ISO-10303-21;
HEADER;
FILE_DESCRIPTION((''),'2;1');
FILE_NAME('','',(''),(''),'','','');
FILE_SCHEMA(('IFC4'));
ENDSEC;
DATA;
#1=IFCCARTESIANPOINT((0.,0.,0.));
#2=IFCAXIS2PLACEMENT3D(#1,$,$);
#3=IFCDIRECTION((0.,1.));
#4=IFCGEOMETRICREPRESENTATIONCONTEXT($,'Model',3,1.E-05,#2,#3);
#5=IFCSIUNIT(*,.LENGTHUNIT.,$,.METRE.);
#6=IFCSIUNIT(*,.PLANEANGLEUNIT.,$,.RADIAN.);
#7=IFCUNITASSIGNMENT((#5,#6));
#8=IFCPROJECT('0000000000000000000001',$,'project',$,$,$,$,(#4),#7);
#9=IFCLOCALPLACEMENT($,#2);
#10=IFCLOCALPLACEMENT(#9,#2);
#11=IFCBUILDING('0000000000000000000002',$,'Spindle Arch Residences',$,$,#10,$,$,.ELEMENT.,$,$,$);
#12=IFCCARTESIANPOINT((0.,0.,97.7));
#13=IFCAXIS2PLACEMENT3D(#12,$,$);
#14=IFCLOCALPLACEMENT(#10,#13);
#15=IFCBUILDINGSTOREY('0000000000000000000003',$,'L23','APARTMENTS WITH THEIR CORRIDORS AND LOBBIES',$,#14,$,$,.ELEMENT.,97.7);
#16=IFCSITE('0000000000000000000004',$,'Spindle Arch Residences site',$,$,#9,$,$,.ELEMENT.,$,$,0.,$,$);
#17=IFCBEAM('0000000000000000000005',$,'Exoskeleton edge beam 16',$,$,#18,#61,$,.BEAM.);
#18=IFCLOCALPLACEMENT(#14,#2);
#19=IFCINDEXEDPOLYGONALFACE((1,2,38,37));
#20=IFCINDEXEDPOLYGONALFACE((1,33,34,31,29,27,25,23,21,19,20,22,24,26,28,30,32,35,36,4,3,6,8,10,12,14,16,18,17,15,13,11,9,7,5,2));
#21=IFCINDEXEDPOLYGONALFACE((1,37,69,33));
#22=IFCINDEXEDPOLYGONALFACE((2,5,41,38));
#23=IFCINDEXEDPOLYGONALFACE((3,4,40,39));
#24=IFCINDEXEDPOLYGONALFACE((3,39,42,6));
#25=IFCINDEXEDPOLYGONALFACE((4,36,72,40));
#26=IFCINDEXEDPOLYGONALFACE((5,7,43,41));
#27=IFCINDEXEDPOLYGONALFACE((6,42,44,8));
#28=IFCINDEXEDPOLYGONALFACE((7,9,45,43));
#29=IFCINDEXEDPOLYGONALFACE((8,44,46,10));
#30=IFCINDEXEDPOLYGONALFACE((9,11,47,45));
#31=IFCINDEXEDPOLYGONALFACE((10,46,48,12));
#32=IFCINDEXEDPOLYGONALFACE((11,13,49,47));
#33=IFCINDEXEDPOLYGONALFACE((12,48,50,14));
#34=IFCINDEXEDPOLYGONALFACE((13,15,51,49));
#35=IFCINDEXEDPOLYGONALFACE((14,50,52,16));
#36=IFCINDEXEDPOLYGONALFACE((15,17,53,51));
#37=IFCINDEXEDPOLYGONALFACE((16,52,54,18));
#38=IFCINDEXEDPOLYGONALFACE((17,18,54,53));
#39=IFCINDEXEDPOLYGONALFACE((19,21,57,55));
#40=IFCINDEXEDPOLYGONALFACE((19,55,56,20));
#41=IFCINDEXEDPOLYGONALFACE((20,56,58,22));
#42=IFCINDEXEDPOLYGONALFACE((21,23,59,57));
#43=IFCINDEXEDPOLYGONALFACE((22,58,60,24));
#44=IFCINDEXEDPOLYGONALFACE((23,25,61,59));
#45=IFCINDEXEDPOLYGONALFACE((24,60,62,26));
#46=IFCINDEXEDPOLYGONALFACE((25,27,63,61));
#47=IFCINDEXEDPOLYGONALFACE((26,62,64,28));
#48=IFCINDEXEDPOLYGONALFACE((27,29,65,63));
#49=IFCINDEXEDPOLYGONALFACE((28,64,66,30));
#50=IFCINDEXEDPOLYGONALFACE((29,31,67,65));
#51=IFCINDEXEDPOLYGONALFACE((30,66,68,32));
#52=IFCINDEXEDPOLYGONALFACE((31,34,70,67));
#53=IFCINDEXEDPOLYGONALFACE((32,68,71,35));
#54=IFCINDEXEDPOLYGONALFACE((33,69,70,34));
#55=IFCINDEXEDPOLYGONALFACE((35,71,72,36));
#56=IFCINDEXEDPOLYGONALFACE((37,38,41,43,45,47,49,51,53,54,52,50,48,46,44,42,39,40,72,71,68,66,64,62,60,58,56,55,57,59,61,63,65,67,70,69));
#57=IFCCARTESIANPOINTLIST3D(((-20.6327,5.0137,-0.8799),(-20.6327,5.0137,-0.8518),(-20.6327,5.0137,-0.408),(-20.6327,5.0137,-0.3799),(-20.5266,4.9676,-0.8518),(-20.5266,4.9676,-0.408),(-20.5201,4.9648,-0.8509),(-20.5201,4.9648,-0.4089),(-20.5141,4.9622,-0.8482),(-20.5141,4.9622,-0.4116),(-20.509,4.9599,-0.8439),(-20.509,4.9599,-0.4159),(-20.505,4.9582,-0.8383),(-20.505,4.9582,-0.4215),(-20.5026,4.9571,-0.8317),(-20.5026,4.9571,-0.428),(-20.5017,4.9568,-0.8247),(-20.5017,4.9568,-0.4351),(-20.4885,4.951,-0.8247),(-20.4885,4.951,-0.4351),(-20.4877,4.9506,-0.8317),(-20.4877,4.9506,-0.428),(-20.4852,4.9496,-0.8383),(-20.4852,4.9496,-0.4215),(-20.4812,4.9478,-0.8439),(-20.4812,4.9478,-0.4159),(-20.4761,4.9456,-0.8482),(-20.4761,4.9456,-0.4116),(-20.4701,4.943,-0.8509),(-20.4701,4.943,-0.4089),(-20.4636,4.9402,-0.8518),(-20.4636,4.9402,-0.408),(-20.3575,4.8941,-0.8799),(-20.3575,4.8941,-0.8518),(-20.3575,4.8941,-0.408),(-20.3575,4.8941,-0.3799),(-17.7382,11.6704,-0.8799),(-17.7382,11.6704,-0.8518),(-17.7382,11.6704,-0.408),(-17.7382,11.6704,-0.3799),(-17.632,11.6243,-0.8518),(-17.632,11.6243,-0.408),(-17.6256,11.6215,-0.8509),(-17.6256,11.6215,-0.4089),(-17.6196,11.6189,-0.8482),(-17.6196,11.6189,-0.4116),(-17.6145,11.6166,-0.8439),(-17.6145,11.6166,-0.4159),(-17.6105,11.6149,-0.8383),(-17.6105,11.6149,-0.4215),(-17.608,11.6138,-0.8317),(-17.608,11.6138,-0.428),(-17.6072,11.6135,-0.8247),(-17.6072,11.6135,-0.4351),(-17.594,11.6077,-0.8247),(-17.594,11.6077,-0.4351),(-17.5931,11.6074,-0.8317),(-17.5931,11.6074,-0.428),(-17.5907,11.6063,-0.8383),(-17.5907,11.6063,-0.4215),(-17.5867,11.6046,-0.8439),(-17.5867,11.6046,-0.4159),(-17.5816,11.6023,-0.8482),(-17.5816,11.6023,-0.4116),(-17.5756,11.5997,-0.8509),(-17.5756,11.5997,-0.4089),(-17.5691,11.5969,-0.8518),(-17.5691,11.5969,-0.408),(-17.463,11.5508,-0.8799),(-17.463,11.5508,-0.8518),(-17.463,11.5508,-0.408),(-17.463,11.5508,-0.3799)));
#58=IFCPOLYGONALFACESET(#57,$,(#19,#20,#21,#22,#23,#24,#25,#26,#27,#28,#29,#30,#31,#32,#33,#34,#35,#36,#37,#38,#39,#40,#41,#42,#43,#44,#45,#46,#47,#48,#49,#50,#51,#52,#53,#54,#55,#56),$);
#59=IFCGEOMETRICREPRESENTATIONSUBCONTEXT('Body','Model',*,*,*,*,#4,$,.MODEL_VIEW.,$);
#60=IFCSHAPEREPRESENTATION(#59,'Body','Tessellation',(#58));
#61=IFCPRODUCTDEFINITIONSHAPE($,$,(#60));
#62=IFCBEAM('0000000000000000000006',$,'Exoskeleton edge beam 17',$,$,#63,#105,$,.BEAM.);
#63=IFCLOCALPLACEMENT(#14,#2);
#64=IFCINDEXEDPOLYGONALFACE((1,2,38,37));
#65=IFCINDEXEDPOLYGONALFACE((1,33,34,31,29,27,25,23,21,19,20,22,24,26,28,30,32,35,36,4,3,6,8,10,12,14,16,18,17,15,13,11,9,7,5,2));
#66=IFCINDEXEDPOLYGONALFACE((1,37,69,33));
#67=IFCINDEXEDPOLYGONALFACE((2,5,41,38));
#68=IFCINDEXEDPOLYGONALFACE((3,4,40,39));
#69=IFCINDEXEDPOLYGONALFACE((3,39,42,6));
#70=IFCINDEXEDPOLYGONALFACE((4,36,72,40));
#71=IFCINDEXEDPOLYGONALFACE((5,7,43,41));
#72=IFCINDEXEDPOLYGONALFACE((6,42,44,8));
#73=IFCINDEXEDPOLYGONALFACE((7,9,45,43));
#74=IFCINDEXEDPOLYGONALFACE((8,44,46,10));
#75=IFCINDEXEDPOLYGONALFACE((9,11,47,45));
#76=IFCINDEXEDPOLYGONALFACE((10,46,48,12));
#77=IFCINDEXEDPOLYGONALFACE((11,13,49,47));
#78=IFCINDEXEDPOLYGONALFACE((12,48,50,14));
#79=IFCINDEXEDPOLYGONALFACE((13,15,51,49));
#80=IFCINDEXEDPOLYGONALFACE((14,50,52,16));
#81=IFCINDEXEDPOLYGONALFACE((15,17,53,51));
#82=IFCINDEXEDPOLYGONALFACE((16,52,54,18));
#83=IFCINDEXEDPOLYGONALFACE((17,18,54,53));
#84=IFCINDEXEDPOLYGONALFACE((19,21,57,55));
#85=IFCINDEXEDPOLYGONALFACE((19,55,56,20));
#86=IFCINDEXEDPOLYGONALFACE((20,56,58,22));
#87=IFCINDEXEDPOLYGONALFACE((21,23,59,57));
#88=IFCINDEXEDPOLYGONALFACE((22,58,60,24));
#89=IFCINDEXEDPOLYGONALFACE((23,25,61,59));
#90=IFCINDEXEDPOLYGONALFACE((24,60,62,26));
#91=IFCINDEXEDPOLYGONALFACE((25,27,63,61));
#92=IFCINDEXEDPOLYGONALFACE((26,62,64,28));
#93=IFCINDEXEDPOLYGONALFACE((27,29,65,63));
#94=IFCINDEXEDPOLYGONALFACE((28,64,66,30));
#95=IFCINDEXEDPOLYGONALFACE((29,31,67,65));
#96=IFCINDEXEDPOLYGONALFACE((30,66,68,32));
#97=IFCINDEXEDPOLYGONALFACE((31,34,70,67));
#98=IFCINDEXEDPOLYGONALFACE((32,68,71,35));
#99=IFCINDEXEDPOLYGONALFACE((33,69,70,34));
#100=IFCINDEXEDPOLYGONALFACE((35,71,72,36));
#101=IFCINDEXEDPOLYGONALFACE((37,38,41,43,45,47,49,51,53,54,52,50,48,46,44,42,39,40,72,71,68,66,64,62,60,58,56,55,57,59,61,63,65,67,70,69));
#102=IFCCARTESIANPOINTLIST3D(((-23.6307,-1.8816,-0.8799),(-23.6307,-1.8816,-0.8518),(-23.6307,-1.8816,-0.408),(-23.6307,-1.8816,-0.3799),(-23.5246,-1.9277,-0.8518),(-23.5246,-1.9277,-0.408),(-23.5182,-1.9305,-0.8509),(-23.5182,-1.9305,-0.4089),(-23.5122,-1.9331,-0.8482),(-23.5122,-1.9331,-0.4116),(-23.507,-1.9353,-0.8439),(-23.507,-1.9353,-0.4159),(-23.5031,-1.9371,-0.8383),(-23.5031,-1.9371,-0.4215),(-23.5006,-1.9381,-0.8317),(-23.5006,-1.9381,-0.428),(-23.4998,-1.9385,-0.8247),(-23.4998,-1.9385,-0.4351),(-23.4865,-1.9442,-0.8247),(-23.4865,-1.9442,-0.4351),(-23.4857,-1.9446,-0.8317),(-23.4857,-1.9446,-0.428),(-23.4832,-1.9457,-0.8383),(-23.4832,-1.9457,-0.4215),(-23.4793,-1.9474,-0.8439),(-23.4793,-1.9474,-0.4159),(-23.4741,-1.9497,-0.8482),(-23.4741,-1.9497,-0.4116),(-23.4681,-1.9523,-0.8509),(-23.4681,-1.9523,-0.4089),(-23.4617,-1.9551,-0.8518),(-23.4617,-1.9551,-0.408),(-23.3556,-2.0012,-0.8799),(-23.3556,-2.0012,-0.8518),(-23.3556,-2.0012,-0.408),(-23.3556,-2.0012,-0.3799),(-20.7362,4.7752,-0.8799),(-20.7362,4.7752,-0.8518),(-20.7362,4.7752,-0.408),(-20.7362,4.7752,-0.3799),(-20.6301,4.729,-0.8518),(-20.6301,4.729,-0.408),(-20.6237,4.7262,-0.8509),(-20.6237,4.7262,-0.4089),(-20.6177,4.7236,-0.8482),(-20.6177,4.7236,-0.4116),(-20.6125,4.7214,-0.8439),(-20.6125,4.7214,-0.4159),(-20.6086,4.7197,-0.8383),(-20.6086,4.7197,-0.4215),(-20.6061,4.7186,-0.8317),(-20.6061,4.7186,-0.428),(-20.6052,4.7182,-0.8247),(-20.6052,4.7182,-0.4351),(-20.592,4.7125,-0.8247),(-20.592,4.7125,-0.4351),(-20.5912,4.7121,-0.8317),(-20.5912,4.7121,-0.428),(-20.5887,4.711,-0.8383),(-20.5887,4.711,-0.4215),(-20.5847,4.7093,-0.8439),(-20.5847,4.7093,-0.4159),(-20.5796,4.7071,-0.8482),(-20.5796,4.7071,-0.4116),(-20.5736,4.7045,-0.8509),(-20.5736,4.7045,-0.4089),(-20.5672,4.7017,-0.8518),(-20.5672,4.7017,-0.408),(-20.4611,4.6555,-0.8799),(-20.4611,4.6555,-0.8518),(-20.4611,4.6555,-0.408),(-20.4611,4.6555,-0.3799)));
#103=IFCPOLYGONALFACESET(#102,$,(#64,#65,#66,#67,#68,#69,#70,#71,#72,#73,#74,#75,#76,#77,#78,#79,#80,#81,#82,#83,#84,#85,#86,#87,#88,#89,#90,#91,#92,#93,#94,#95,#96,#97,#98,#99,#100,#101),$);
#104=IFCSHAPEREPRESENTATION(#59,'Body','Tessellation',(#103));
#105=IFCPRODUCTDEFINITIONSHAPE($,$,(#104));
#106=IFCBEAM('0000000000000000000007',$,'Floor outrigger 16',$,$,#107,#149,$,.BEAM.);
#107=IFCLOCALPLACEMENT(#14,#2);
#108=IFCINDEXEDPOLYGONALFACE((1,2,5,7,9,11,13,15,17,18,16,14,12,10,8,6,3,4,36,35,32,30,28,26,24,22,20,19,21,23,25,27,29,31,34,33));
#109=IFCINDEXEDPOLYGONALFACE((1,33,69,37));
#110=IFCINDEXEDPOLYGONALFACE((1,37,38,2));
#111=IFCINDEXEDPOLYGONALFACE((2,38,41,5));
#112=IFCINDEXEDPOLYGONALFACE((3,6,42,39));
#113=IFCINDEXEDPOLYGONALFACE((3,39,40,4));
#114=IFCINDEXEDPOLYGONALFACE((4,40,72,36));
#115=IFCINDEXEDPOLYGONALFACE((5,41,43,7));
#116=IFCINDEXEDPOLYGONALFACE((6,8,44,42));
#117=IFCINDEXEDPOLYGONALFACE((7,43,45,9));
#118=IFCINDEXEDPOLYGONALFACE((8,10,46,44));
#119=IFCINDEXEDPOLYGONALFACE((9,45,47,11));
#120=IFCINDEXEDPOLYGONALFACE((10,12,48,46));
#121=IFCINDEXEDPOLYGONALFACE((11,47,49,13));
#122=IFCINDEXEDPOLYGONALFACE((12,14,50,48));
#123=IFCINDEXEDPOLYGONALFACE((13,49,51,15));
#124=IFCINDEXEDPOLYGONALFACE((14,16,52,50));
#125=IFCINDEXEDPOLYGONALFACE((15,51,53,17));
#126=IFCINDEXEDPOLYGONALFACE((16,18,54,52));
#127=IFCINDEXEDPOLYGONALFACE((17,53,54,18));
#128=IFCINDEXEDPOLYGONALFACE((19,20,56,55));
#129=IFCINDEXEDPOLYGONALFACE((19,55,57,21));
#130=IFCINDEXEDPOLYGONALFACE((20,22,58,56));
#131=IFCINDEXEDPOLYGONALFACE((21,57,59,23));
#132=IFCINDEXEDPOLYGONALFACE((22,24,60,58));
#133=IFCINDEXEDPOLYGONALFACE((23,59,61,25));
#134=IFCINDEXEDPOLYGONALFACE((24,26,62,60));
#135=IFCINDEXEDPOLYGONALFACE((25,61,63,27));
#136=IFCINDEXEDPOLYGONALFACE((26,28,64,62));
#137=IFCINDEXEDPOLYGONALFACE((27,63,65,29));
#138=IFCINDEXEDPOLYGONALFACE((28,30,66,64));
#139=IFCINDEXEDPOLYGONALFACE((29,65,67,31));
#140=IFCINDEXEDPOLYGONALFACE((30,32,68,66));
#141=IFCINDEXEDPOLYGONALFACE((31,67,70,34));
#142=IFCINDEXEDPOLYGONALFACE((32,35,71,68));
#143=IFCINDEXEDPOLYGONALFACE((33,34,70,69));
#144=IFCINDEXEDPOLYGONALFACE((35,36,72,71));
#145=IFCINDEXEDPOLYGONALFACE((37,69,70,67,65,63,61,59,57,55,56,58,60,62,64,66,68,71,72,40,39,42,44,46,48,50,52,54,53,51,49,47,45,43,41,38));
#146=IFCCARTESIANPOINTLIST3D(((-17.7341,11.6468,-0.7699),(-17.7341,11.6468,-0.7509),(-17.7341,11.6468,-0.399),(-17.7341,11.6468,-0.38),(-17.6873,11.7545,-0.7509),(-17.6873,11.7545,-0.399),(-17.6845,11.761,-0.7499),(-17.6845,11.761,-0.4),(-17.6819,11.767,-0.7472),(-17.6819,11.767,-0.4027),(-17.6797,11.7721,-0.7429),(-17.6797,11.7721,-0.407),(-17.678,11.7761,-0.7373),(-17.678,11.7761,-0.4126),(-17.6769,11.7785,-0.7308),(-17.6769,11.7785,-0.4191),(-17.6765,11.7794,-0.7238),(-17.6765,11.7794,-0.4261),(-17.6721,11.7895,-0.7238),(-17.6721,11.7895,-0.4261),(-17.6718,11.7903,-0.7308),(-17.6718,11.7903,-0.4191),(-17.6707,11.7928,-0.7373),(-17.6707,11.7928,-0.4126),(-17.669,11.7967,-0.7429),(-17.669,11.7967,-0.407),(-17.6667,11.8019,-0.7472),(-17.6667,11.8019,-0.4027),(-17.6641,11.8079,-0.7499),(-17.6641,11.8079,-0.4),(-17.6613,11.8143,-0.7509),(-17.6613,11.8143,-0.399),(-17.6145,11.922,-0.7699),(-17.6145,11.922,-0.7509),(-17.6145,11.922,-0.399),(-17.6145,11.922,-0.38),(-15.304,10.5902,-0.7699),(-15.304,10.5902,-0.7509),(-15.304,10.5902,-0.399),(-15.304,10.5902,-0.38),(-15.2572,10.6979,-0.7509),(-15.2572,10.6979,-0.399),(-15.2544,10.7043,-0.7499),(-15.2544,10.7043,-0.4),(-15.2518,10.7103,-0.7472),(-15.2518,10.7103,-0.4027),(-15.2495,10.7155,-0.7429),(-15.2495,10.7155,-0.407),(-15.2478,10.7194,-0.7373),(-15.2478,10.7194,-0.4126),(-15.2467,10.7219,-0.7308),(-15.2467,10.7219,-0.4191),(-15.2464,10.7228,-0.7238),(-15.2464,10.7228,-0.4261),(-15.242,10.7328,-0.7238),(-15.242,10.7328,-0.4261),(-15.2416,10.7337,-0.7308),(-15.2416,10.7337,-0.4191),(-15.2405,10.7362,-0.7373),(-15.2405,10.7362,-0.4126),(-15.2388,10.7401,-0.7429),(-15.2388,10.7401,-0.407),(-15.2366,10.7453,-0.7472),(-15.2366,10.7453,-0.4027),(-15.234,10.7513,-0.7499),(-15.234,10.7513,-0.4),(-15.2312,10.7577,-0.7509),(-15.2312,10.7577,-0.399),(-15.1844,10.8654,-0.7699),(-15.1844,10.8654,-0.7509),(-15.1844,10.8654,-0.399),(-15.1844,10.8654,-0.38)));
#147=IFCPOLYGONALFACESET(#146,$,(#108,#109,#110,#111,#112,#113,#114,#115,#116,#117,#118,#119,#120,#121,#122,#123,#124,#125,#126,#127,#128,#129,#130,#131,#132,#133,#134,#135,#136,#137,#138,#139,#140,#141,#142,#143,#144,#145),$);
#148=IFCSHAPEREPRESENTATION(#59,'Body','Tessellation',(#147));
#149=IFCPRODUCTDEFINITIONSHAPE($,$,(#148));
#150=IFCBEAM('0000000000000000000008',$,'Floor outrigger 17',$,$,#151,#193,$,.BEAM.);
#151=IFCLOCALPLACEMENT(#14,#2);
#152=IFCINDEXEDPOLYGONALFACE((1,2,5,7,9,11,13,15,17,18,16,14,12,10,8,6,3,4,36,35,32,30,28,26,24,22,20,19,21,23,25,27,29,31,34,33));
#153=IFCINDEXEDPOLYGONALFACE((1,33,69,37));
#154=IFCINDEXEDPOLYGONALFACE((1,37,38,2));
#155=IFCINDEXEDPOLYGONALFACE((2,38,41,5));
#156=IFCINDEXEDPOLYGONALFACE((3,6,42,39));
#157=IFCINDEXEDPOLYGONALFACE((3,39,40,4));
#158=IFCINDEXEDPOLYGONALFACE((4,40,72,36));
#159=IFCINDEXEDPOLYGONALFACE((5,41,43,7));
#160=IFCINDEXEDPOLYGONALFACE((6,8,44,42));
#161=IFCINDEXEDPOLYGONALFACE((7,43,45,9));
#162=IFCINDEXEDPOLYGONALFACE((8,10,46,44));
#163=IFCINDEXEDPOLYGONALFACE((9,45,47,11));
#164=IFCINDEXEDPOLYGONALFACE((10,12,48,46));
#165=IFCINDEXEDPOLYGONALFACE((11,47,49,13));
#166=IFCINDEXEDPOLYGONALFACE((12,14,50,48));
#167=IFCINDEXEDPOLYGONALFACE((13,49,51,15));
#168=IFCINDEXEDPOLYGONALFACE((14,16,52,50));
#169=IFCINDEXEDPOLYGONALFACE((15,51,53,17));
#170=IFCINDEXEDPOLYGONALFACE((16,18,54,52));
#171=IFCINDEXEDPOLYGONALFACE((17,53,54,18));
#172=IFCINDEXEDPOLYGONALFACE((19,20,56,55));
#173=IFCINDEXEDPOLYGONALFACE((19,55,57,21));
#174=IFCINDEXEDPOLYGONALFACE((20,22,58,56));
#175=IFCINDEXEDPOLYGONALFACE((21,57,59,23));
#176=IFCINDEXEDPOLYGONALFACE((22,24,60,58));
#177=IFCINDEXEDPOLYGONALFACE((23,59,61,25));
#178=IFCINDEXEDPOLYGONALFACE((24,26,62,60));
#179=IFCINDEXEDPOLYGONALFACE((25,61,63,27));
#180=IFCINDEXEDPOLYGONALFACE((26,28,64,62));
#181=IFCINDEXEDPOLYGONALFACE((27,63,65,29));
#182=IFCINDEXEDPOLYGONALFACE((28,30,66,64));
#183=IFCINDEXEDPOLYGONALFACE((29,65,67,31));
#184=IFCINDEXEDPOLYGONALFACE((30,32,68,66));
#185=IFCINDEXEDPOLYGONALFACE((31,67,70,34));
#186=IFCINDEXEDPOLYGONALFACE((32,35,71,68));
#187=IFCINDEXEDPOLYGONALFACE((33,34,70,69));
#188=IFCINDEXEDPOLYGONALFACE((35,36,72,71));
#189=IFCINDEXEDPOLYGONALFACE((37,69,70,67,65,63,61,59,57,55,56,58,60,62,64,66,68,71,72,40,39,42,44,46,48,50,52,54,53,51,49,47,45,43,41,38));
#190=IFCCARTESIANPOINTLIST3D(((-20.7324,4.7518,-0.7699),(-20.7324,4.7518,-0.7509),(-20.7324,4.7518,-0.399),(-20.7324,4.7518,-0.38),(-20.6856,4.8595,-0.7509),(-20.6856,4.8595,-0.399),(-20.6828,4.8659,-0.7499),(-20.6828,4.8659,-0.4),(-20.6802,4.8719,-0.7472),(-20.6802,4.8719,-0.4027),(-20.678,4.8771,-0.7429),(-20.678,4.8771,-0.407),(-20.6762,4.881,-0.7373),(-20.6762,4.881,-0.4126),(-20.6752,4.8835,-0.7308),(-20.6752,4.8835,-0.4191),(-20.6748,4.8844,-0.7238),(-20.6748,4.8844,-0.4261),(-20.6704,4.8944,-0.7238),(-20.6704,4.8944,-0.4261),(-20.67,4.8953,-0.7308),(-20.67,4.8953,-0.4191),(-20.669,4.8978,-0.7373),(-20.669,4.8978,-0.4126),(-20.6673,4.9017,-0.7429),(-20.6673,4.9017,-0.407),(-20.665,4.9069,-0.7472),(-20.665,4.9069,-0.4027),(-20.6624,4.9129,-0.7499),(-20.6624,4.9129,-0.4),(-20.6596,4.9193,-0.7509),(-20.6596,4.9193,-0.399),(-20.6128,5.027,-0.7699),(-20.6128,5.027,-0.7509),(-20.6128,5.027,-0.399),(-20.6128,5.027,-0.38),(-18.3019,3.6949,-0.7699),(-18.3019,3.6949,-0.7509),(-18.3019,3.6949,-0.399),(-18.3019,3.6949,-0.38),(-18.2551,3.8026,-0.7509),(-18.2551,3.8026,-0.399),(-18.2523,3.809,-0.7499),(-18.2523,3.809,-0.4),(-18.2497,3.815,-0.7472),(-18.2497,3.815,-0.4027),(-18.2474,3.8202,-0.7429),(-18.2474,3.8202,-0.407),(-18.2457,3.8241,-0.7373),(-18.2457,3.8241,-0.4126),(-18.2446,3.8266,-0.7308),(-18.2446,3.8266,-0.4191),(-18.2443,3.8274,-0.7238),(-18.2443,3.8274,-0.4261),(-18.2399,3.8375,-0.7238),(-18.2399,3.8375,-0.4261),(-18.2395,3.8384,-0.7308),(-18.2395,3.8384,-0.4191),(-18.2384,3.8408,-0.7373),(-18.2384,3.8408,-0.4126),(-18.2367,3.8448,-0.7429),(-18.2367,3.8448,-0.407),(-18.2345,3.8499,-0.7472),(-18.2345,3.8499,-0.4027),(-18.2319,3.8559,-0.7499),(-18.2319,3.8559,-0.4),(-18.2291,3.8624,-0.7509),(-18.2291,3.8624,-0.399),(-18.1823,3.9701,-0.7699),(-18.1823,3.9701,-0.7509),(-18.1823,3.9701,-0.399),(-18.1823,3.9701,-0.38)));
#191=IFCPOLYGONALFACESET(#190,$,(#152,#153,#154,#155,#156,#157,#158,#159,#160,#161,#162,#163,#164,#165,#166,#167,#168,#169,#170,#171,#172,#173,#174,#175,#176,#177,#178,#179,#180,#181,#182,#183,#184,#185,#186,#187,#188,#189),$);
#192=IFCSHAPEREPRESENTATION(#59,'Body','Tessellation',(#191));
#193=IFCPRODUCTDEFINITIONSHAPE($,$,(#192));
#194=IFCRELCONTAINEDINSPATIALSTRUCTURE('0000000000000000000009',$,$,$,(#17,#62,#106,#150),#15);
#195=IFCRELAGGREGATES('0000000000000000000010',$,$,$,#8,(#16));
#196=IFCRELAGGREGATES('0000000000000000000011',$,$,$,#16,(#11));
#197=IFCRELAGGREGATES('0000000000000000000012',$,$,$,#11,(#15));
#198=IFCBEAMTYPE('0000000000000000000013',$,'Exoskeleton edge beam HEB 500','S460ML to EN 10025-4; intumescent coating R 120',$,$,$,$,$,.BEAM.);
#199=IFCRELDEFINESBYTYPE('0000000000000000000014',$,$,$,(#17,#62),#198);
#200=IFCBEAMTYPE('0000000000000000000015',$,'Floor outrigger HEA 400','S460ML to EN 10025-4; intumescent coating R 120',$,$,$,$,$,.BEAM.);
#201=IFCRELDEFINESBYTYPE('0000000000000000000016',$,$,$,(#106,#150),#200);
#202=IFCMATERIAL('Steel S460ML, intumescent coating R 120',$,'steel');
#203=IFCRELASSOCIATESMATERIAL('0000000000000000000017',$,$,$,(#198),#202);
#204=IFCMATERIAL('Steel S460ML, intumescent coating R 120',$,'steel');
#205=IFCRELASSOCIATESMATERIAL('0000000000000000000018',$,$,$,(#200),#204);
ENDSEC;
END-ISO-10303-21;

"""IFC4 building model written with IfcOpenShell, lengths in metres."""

from ifc_helpers import new_model, si_unit, direction, frame, origin, origin_2d, place, context, subcontext, project, spatial, i_section, extrude, material, material_profile, profile_set, type_object, element, save


model = new_model("IFC4")

# Units and contexts
model_context = context("Model", 3, precision=1e-05, world=origin(), true_north=direction((0.0, 1.0)))
body_context = subcontext(model_context, "Body", "Model", "MODEL_VIEW")
ifc_project = project(units=[si_unit("LENGTHUNIT", "METRE"), si_unit("PLANEANGLEUNIT", "RADIAN")], contexts=[model_context])

# Site, building, storey
site_placement = place(None, origin())
site = spatial("IfcSite", under=ifc_project, at=site_placement, Name="Spindle Arch Residences site", CompositionType="ELEMENT", RefElevation=0.0)
building_placement = place(site_placement, origin())
building = spatial("IfcBuilding", under=site, at=building_placement, Name="Spindle Arch Residences", CompositionType="ELEMENT")
storey_placement = place(building_placement, frame((0.0, 0.0, 97.7)))
storey = spatial("IfcBuildingStorey", under=building, at=storey_placement, Name="L23", Description="APARTMENTS WITH THEIR CORRIDORS AND LOBBIES", CompositionType="ELEMENT", Elevation=97.7)

# Beams
ifc_material_1 = material(Name="Steel S460ML, intumescent coating R 120", Category="steel")
ifc_material_profile_1 = material_profile(ifc_material_1, i_section(OverallWidth=0.3, OverallDepth=0.5, WebThickness=0.0144, FlangeThickness=0.0281, FilletRadius=0.0271, at=origin_2d()), Name="HEB 500")
ifc_profile_set_1 = profile_set([ifc_material_profile_1], Name="Steel S460ML, intumescent coating R 120")
beam_type_1 = type_object("IfcBeamType", Name="Exoskeleton edge beam HEB 500", Description="S460ML to EN 10025-4; intumescent coating R 120", PredefinedType="BEAM", material=ifc_profile_set_1)
for number, where, z_axis, x_axis, name in (
    (1, (-17.6006, 11.6106, -0.6299), (-0.398761, -0.917055, 0.0), (0.917055, -0.398761, 0.0), "Exoskeleton edge beam 16"),
    (2, (-20.5986, 4.7153, -0.6299), (-0.398761, -0.917055, 0.0), (0.917055, -0.398761, 0.0), "Exoskeleton edge beam 17"),
):
    element("IfcBeam", number, at=place(storey_placement, frame(where, z_axis=z_axis, x_axis=x_axis)), inside=storey, type_object=beam_type_1, Name=name, PredefinedType="BEAM", context=body_context, shape_type="SweptSolid", body=[
        extrude(i_section(OverallWidth=0.3, OverallDepth=0.5, WebThickness=0.0144, FlangeThickness=0.0281, FilletRadius=0.0271, at=origin_2d()), origin(), (0.0, 0.0, 1.0), 7.2588),
    ])
ifc_material_2 = material(Name="Steel S460ML, intumescent coating R 120", Category="steel")
ifc_material_profile_2 = material_profile(ifc_material_2, i_section(OverallWidth=0.3, OverallDepth=0.3899, WebThickness=0.011, FlangeThickness=0.019, FilletRadius=0.0271, at=origin_2d()), Name="HEA 400")
ifc_profile_set_2 = profile_set([ifc_material_profile_2], Name="Steel S460ML, intumescent coating R 120")
beam_type_2 = type_object("IfcBeamType", Name="Floor outrigger HEA 400", Description="S460ML to EN 10025-4; intumescent coating R 120", PredefinedType="BEAM", material=ifc_profile_set_2)
beam_1_placement = place(storey_placement, frame((-17.6743, 11.7844, -0.575), z_axis=(0.917064, -0.39874, 0.0), x_axis=(0.39874, 0.917064, 0.0)))
element("IfcBeam", 3, at=beam_1_placement, inside=storey, type_object=beam_type_2, Name="Floor outrigger 16", PredefinedType="BEAM", context=body_context, shape_type="SweptSolid", body=[
    extrude(i_section(OverallWidth=0.3, OverallDepth=0.3899, WebThickness=0.011, FlangeThickness=0.019, FilletRadius=0.0271, at=origin_2d()), origin(), (0.0, 0.0, 1.0), 2.6499),
])
beam_2_placement = place(storey_placement, frame((-20.6726, 4.8894, -0.575), z_axis=(0.917045, -0.398783, 0.0), x_axis=(0.398783, 0.917045, 0.0)))
element("IfcBeam", 4, at=beam_2_placement, inside=storey, type_object=beam_type_2, Name="Floor outrigger 17", PredefinedType="BEAM", context=body_context, shape_type="SweptSolid", body=[
    extrude(i_section(OverallWidth=0.3, OverallDepth=0.3899, WebThickness=0.011, FlangeThickness=0.019, FilletRadius=0.0271, at=origin_2d()), origin(), (0.0, 0.0, 1.0), 2.6504),
])

save(model, "model.ifc")
